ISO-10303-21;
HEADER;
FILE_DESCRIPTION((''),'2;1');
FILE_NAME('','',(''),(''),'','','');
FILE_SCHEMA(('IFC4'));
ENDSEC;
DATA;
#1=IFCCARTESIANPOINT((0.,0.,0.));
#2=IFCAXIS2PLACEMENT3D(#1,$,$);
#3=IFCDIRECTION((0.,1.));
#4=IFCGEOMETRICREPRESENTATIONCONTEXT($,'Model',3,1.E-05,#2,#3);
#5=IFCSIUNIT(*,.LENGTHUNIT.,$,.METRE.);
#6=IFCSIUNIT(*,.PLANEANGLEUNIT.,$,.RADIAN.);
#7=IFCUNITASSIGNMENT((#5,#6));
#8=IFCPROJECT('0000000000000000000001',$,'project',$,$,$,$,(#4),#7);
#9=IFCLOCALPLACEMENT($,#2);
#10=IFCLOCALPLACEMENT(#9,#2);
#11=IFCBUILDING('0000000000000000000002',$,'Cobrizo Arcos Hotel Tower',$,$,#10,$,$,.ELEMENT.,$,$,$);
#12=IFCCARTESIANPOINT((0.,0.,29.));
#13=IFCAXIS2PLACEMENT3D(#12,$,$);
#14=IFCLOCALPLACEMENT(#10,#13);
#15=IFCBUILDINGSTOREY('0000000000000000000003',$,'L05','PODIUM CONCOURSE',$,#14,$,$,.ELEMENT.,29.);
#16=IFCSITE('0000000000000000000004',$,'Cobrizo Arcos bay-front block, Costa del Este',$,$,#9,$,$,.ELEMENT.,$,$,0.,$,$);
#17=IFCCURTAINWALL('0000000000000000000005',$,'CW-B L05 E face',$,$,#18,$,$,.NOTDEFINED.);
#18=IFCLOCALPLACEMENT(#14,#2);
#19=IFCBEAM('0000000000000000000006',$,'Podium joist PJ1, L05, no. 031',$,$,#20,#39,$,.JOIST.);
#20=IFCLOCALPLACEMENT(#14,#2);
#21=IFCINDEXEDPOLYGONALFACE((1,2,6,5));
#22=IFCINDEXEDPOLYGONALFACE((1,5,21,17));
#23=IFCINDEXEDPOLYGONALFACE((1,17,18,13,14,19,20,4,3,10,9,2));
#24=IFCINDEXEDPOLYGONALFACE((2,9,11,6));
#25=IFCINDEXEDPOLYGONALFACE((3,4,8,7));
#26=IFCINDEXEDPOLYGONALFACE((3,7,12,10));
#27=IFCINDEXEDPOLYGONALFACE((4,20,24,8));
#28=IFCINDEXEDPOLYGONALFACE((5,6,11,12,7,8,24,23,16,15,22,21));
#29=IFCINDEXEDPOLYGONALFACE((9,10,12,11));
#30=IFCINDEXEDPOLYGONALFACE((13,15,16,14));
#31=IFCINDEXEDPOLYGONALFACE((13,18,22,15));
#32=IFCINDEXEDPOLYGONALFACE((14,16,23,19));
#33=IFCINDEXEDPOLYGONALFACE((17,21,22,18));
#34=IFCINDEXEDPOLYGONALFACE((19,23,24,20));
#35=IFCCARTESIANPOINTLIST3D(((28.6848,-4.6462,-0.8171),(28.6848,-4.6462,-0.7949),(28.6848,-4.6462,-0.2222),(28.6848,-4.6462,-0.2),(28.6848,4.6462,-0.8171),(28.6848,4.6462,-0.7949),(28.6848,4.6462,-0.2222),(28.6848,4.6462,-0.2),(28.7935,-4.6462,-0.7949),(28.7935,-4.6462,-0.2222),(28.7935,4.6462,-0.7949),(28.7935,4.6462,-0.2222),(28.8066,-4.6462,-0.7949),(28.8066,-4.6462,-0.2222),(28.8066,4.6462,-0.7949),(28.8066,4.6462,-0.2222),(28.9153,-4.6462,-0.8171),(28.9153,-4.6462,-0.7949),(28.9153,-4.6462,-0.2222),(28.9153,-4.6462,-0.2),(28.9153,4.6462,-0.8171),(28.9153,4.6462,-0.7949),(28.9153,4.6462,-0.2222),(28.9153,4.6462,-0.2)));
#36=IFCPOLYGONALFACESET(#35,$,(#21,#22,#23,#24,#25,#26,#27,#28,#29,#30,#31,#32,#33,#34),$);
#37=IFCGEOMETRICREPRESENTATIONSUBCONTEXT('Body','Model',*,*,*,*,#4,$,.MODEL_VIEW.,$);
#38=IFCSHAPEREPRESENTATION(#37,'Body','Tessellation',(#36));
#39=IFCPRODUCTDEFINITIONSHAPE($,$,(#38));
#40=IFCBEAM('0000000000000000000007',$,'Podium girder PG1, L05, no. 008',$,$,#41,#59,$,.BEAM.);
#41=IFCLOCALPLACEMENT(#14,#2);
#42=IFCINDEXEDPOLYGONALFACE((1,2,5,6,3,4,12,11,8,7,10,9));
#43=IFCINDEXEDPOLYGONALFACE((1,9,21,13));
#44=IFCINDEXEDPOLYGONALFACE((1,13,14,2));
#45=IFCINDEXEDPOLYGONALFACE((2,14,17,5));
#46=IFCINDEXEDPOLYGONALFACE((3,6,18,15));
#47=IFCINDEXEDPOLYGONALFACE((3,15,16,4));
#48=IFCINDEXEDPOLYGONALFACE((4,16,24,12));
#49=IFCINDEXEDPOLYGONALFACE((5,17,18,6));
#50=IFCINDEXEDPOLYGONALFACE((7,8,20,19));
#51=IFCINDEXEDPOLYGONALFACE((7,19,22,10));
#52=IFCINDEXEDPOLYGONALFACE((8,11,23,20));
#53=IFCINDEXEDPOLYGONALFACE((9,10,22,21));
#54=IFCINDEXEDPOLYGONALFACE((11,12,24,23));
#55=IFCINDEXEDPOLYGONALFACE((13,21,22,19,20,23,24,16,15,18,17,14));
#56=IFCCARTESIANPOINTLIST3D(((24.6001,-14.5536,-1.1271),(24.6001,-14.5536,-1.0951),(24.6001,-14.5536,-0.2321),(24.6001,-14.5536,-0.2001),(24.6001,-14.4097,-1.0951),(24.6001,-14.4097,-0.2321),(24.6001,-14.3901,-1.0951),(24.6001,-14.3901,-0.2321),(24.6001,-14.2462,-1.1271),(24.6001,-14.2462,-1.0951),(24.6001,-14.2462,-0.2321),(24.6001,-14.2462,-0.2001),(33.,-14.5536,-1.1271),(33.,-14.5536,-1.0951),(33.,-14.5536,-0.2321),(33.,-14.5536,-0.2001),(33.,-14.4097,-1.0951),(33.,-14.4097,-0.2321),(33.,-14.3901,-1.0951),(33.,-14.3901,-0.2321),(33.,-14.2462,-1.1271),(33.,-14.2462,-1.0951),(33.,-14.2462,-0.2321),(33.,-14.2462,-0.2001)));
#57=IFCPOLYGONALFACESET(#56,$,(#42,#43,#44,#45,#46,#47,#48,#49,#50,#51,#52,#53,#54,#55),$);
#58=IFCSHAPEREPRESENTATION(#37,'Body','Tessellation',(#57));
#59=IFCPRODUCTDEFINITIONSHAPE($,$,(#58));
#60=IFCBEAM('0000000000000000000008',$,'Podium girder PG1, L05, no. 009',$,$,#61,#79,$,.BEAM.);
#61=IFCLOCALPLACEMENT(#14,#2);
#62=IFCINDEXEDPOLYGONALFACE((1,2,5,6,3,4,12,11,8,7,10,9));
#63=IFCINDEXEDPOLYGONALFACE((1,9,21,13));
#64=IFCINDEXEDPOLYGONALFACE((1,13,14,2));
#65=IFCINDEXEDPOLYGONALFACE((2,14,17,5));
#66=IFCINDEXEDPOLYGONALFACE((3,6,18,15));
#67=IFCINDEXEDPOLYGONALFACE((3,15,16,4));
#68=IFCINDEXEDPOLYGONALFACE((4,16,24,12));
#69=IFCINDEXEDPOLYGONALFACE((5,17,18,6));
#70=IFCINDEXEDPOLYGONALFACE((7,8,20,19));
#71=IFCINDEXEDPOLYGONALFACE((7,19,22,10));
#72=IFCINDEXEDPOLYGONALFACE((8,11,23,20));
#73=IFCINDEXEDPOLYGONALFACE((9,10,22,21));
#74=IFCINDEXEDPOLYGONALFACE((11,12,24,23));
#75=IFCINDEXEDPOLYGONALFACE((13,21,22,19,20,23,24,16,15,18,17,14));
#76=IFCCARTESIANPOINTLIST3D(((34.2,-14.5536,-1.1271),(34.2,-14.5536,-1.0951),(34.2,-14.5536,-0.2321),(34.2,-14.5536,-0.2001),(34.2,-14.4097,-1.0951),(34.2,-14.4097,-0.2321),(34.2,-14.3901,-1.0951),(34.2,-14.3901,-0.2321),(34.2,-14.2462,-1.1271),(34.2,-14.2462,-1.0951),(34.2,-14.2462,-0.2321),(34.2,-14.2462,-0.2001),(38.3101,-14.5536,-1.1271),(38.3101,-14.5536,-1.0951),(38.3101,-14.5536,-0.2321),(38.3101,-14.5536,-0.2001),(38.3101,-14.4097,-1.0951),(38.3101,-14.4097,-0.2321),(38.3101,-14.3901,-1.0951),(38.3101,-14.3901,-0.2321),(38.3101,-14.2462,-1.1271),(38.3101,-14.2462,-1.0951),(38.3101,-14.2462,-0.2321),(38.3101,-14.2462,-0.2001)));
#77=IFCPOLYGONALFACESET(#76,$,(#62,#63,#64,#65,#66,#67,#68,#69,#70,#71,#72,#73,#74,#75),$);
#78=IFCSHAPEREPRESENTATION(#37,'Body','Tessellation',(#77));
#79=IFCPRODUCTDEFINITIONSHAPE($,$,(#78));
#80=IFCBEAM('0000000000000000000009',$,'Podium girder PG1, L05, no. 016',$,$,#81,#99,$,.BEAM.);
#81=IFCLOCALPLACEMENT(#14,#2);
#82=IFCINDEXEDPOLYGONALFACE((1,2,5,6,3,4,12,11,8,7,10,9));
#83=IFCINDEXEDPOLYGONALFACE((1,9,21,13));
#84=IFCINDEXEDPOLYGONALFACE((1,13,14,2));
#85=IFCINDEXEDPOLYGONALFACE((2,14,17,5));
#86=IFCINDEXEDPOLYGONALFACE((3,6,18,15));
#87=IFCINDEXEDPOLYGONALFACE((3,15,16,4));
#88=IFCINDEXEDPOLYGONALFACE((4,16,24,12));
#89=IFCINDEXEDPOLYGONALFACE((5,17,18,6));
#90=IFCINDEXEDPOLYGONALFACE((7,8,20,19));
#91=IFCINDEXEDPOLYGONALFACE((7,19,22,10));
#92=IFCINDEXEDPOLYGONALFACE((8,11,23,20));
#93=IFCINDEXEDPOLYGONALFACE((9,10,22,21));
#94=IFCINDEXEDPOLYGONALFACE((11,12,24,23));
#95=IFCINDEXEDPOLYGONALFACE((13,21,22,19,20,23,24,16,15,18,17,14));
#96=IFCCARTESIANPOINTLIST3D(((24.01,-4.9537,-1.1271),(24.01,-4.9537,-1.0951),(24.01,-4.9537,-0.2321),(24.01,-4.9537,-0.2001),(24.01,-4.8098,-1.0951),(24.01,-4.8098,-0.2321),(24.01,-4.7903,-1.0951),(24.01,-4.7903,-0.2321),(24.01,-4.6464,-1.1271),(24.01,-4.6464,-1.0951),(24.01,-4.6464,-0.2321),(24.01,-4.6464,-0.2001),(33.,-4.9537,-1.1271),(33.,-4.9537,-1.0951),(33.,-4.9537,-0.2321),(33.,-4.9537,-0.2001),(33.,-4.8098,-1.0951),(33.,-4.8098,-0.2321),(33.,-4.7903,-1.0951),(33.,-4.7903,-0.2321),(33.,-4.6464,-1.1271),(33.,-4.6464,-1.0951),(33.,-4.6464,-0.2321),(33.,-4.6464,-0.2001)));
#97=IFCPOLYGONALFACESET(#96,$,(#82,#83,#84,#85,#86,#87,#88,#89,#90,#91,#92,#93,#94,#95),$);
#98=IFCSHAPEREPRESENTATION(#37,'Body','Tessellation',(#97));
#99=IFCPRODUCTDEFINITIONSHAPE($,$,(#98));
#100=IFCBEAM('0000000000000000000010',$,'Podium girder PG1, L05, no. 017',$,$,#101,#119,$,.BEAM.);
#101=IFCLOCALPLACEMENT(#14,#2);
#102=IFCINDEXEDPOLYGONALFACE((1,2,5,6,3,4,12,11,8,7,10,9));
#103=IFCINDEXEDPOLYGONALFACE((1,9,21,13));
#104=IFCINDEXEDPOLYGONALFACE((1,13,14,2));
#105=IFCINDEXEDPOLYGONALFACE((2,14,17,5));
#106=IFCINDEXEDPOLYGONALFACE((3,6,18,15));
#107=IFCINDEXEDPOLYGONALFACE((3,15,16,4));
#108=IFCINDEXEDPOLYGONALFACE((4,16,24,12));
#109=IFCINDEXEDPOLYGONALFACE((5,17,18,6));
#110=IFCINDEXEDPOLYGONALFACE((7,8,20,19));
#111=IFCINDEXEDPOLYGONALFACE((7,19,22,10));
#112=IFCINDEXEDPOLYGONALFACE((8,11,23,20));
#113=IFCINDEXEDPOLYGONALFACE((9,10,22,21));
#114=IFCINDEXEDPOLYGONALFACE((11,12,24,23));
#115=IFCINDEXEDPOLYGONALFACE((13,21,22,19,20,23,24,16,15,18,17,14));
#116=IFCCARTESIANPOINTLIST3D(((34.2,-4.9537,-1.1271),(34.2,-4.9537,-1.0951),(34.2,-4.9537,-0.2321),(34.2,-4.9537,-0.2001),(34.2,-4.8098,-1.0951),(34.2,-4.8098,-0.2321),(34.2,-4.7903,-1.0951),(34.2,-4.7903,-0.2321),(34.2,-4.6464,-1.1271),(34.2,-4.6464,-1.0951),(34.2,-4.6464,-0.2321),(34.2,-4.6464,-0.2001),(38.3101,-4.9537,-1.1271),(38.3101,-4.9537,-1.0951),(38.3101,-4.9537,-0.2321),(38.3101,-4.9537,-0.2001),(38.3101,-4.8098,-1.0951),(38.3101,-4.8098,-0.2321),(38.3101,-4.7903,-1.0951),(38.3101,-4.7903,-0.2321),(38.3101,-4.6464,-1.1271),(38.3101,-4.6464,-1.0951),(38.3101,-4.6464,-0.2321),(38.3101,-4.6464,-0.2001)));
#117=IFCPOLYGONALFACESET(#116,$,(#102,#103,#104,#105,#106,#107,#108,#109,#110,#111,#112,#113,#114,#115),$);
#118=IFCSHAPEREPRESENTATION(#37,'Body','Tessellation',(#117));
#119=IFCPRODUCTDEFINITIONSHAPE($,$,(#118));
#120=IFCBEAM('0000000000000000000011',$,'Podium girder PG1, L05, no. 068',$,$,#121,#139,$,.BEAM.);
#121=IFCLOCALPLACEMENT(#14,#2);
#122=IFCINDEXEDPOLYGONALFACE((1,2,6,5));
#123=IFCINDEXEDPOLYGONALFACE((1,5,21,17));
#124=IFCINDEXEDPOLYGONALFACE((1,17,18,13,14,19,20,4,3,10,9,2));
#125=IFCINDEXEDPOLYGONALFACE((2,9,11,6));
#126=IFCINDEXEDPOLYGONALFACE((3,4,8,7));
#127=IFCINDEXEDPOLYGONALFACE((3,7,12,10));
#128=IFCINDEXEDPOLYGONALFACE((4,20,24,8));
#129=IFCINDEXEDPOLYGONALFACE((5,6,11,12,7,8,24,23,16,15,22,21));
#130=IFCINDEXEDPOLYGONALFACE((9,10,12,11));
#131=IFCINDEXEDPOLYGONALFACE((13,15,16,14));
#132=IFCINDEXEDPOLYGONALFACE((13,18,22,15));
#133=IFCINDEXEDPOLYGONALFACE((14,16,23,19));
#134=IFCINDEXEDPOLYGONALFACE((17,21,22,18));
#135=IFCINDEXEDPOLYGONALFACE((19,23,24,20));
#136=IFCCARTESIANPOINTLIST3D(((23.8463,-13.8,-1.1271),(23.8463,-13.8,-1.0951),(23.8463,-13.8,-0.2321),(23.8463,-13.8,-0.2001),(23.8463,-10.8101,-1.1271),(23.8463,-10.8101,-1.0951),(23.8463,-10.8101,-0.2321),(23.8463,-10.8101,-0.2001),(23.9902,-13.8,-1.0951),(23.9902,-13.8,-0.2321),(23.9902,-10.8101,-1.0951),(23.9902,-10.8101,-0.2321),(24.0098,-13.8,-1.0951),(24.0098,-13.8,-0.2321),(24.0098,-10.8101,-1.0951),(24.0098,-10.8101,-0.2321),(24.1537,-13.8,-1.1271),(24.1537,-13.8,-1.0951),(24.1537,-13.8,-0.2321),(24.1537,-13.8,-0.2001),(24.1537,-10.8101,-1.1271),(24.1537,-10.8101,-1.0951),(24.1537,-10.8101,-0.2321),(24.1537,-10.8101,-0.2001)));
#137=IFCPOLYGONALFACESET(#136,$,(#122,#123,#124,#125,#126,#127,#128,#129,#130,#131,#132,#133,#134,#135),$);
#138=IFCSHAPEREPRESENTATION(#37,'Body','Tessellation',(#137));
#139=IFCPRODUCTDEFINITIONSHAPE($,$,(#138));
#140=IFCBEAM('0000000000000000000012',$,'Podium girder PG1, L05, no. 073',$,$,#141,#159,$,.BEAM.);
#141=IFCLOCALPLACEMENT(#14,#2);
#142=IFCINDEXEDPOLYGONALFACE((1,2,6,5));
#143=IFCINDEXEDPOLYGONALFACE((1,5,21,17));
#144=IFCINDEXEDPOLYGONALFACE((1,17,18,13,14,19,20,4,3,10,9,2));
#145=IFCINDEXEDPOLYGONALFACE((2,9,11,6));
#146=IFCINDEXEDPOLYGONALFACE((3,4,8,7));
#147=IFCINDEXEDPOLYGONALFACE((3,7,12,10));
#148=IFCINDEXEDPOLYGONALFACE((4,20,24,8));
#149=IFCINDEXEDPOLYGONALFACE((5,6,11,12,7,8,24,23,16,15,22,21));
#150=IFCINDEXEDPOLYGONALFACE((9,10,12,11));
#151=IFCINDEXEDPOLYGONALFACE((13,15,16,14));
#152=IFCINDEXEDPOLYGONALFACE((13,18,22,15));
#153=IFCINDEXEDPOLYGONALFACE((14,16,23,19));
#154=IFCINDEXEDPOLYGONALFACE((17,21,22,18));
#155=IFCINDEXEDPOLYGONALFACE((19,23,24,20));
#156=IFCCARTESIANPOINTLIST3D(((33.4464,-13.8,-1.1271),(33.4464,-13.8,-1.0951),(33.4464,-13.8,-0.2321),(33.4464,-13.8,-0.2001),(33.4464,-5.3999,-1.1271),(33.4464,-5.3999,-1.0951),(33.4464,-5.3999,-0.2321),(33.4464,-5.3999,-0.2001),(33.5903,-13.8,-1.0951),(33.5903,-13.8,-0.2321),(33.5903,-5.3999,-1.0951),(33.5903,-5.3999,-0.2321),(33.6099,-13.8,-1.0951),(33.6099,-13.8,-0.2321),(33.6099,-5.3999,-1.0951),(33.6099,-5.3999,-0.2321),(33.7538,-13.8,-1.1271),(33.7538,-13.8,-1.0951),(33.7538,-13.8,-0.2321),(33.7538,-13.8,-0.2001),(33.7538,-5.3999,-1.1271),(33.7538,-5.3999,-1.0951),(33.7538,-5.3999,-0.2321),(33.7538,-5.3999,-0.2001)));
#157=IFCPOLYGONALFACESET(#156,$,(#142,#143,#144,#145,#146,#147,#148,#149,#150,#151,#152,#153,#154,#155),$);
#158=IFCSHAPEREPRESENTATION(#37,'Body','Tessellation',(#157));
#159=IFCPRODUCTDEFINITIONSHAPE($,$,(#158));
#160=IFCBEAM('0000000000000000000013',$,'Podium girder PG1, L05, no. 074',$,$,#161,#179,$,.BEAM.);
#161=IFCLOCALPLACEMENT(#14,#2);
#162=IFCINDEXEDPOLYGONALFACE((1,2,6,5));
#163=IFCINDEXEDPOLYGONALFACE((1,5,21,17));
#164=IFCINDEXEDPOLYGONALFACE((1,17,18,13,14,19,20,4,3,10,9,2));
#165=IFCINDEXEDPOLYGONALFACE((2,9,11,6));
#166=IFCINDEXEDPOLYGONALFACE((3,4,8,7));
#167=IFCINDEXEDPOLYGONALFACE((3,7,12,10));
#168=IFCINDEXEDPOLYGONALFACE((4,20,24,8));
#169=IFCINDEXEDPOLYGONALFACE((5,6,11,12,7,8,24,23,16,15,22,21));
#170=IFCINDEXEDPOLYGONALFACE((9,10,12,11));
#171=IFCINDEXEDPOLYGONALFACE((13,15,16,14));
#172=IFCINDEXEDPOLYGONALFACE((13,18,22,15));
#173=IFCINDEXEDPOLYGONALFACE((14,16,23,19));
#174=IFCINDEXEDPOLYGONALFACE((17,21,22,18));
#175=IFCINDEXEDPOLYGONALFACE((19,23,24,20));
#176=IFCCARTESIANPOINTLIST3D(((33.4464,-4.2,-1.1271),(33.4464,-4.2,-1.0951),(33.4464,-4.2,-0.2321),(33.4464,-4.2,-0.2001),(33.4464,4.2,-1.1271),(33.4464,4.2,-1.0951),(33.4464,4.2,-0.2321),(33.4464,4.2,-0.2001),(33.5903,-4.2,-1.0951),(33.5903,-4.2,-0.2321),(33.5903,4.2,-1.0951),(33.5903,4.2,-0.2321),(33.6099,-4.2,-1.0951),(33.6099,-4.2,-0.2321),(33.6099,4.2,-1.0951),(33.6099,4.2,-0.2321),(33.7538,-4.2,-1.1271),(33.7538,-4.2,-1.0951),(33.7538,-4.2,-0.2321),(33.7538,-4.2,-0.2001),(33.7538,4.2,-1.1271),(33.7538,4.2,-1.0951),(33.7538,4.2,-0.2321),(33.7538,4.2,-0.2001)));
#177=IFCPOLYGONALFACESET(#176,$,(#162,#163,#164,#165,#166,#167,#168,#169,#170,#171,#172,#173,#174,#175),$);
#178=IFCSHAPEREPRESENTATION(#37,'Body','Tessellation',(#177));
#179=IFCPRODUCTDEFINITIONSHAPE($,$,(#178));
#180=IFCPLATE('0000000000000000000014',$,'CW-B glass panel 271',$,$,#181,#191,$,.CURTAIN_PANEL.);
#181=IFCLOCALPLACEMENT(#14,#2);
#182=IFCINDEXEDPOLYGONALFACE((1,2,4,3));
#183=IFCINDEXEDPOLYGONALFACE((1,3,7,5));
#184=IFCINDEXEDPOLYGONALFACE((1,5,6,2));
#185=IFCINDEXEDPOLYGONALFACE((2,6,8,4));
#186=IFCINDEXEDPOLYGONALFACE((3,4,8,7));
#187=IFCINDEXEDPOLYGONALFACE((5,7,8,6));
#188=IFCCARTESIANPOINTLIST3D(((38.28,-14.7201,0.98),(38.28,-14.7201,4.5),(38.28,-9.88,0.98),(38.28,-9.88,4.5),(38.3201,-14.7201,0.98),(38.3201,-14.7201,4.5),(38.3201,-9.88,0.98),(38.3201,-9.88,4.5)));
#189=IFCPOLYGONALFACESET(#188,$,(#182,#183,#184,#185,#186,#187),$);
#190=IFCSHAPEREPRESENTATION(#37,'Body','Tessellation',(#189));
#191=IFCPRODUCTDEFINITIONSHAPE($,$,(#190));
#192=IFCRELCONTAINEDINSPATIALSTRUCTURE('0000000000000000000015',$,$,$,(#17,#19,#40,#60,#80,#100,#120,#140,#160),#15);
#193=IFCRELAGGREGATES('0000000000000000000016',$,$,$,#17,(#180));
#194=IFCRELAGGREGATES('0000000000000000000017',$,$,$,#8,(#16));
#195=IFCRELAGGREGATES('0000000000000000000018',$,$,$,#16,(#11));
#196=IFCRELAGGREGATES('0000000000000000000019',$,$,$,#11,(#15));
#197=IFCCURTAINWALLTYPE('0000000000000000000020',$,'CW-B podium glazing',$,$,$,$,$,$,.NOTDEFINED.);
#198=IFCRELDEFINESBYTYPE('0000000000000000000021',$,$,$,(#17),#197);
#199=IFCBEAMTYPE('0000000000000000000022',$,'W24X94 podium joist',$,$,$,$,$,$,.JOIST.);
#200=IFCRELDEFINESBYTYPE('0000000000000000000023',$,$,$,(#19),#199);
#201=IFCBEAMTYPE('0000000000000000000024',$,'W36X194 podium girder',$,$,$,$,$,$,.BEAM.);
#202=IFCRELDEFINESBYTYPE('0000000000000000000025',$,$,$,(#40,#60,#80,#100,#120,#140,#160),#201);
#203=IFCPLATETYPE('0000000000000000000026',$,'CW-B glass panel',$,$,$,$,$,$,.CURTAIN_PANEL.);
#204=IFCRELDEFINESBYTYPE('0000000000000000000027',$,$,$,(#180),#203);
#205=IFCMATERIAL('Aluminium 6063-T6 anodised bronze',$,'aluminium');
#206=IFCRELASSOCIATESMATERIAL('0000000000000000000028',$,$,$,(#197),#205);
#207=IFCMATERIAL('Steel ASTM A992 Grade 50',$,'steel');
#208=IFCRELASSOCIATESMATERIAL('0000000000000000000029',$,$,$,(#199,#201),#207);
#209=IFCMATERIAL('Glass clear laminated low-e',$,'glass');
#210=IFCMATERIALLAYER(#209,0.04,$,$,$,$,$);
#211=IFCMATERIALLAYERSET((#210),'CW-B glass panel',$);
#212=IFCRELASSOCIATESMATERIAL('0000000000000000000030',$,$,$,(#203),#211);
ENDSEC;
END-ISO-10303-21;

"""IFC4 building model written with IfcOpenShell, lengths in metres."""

from ifc_helpers import new_model, si_unit, direction, frame, origin, origin_2d, place, context, subcontext, project, spatial, rectangle, i_section, extrude, material, layer, layer_set, material_profile, profile_set, type_object, element, aggregate, save


model = new_model("IFC4")

# Units and contexts
model_context = context("Model", 3, precision=1e-05, world=origin(), true_north=direction((0.0, 1.0)))
body_context = subcontext(model_context, "Body", "Model", "MODEL_VIEW")
ifc_project = project(units=[si_unit("LENGTHUNIT", "METRE"), si_unit("PLANEANGLEUNIT", "RADIAN")], contexts=[model_context])

# Site, building, storey
site_placement = place(None, origin())
site = spatial("IfcSite", under=ifc_project, at=site_placement, Name="Cobrizo Arcos bay-front block, Costa del Este", CompositionType="ELEMENT", RefElevation=0.0)
building_placement = place(site_placement, origin())
building = spatial("IfcBuilding", under=site, at=building_placement, Name="Cobrizo Arcos Hotel Tower", CompositionType="ELEMENT")
storey_placement = place(building_placement, frame((0.0, 0.0, 29.0)))
storey = spatial("IfcBuildingStorey", under=building, at=storey_placement, Name="L05", Description="PODIUM CONCOURSE", CompositionType="ELEMENT", Elevation=29.0)

# Curtain wall
ifc_material_1 = material(Name="Aluminium 6063-T6 anodised bronze", Category="aluminium")
curtain_wall_type = type_object("IfcCurtainWallType", Name="CW-B podium glazing", PredefinedType="NOTDEFINED", material=ifc_material_1)
curtain_wall_placement = place(storey_placement, origin())
curtain_wall = element("IfcCurtainWall", 1, at=curtain_wall_placement, inside=storey, type_object=curtain_wall_type, Name="CW-B L05 E face", PredefinedType="NOTDEFINED")

# Beams
ifc_material_2 = material(Name="Steel ASTM A992 Grade 50", Category="steel")
ifc_material_profile_1 = material_profile(ifc_material_2, i_section(OverallWidth=0.2305, OverallDepth=0.6172, WebThickness=0.0132, FlangeThickness=0.0222, at=origin_2d()), Name="W24X94")
ifc_profile_set_1 = profile_set([ifc_material_profile_1], Name="Steel ASTM A992 Grade 50")
beam_type_1 = type_object("IfcBeamType", Name="W24X94 podium joist", PredefinedType="JOIST", material=ifc_profile_set_1)
beam_1_placement = place(storey_placement, frame((28.8, -4.6462, -0.5085), z_axis=(0.0, 1.0, 0.0), x_axis=(-1.0, 0.0, 0.0)))
element("IfcBeam", 2, at=beam_1_placement, inside=storey, type_object=beam_type_1, Name="Podium joist PJ1, L05, no. 031", PredefinedType="JOIST", context=body_context, shape_type="SweptSolid", body=[
    extrude(i_section(OverallWidth=0.2305, OverallDepth=0.6172, WebThickness=0.0132, FlangeThickness=0.0222, at=origin_2d()), origin(), (0.0, 0.0, 1.0), 9.2925),
])
ifc_material_profile_2 = material_profile(ifc_material_2, i_section(OverallWidth=0.3074, OverallDepth=0.927, WebThickness=0.0195, FlangeThickness=0.032, at=origin_2d()), Name="W36X194")
ifc_profile_set_2 = profile_set([ifc_material_profile_2], Name="Steel ASTM A992 Grade 50")
beam_type_2 = type_object("IfcBeamType", Name="W36X194 podium girder", PredefinedType="BEAM", material=ifc_profile_set_2)
beam_2_placement = place(storey_placement, frame((24.6001, -14.3999, -0.6636), z_axis=(1.0, 0.0, 0.0), x_axis=(0.0, 1.0, 0.0)))
element("IfcBeam", 3, at=beam_2_placement, inside=storey, type_object=beam_type_2, Name="Podium girder PG1, L05, no. 008", PredefinedType="BEAM", context=body_context, shape_type="SweptSolid", body=[
    extrude(i_section(OverallWidth=0.3074, OverallDepth=0.927, WebThickness=0.0195, FlangeThickness=0.032, at=origin_2d()), origin(), (0.0, 0.0, 1.0), 8.3999),
])
beam_3_placement = place(storey_placement, frame((34.2, -14.3999, -0.6636), z_axis=(1.0, 0.0, 0.0), x_axis=(0.0, 1.0, 0.0)))
element("IfcBeam", 4, at=beam_3_placement, inside=storey, type_object=beam_type_2, Name="Podium girder PG1, L05, no. 009", PredefinedType="BEAM", context=body_context, shape_type="SweptSolid", body=[
    extrude(i_section(OverallWidth=0.3074, OverallDepth=0.927, WebThickness=0.0195, FlangeThickness=0.032, at=origin_2d()), origin(), (0.0, 0.0, 1.0), 4.1101),
])
beam_4_placement = place(storey_placement, frame((24.01, -4.8, -0.6636), z_axis=(1.0, 0.0, 0.0), x_axis=(0.0, 1.0, 0.0)))
element("IfcBeam", 5, at=beam_4_placement, inside=storey, type_object=beam_type_2, Name="Podium girder PG1, L05, no. 016", PredefinedType="BEAM", context=body_context, shape_type="SweptSolid", body=[
    extrude(i_section(OverallWidth=0.3074, OverallDepth=0.927, WebThickness=0.0195, FlangeThickness=0.032, at=origin_2d()), origin(), (0.0, 0.0, 1.0), 8.99),
])
beam_5_placement = place(storey_placement, frame((34.2, -4.8, -0.6636), z_axis=(1.0, 0.0, 0.0), x_axis=(0.0, 1.0, 0.0)))
element("IfcBeam", 6, at=beam_5_placement, inside=storey, type_object=beam_type_2, Name="Podium girder PG1, L05, no. 017", PredefinedType="BEAM", context=body_context, shape_type="SweptSolid", body=[
    extrude(i_section(OverallWidth=0.3074, OverallDepth=0.927, WebThickness=0.0195, FlangeThickness=0.032, at=origin_2d()), origin(), (0.0, 0.0, 1.0), 4.1101),
])
beam_6_placement = place(storey_placement, frame((24.0, -13.8, -0.6636), z_axis=(0.0, 1.0, 0.0), x_axis=(-1.0, 0.0, 0.0)))
element("IfcBeam", 7, at=beam_6_placement, inside=storey, type_object=beam_type_2, Name="Podium girder PG1, L05, no. 068", PredefinedType="BEAM", context=body_context, shape_type="SweptSolid", body=[
    extrude(i_section(OverallWidth=0.3074, OverallDepth=0.927, WebThickness=0.0195, FlangeThickness=0.032, at=origin_2d()), origin(), (0.0, 0.0, 1.0), 2.99),
])
beam_7_placement = place(storey_placement, frame((33.6001, -13.8, -0.6636), z_axis=(0.0, 1.0, 0.0), x_axis=(-1.0, 0.0, 0.0)))
element("IfcBeam", 8, at=beam_7_placement, inside=storey, type_object=beam_type_2, Name="Podium girder PG1, L05, no. 073", PredefinedType="BEAM", context=body_context, shape_type="SweptSolid", body=[
    extrude(i_section(OverallWidth=0.3074, OverallDepth=0.927, WebThickness=0.0195, FlangeThickness=0.032, at=origin_2d()), origin(), (0.0, 0.0, 1.0), 8.4001),
])
beam_8_placement = place(storey_placement, frame((33.6001, -4.2, -0.6636), z_axis=(0.0, 1.0, 0.0), x_axis=(-1.0, 0.0, 0.0)))
element("IfcBeam", 9, at=beam_8_placement, inside=storey, type_object=beam_type_2, Name="Podium girder PG1, L05, no. 074", PredefinedType="BEAM", context=body_context, shape_type="SweptSolid", body=[
    extrude(i_section(OverallWidth=0.3074, OverallDepth=0.927, WebThickness=0.0195, FlangeThickness=0.032, at=origin_2d()), origin(), (0.0, 0.0, 1.0), 8.3999),
])

# Plate
ifc_material_3 = material(Name="Glass clear laminated low-e", Category="glass")
ifc_layer_1 = layer(ifc_material_3, 0.04)
ifc_layer_set_1 = layer_set([ifc_layer_1], Name="CW-B glass panel")
plate_type_1 = type_object("IfcPlateType", Name="CW-B glass panel", PredefinedType="CURTAIN_PANEL", material=ifc_layer_set_1)
plate_1_placement = place(storey_placement, frame((38.3, -12.3, 0.98), z_axis=(0.0, 0.0, 1.0), x_axis=(0.0, 1.0, 0.0)))
plate_1 = element("IfcPlate", 10, at=plate_1_placement, type_object=plate_type_1, Name="CW-B glass panel 271", PredefinedType="CURTAIN_PANEL", context=body_context, shape_type="SweptSolid", body=[
    extrude(rectangle(XDim=4.8401, YDim=0.04, at=origin_2d()), origin(), (0.0, 0.0, 1.0), 3.52),
])
aggregate(curtain_wall, [plate_1])

save(model, "model.ifc")
